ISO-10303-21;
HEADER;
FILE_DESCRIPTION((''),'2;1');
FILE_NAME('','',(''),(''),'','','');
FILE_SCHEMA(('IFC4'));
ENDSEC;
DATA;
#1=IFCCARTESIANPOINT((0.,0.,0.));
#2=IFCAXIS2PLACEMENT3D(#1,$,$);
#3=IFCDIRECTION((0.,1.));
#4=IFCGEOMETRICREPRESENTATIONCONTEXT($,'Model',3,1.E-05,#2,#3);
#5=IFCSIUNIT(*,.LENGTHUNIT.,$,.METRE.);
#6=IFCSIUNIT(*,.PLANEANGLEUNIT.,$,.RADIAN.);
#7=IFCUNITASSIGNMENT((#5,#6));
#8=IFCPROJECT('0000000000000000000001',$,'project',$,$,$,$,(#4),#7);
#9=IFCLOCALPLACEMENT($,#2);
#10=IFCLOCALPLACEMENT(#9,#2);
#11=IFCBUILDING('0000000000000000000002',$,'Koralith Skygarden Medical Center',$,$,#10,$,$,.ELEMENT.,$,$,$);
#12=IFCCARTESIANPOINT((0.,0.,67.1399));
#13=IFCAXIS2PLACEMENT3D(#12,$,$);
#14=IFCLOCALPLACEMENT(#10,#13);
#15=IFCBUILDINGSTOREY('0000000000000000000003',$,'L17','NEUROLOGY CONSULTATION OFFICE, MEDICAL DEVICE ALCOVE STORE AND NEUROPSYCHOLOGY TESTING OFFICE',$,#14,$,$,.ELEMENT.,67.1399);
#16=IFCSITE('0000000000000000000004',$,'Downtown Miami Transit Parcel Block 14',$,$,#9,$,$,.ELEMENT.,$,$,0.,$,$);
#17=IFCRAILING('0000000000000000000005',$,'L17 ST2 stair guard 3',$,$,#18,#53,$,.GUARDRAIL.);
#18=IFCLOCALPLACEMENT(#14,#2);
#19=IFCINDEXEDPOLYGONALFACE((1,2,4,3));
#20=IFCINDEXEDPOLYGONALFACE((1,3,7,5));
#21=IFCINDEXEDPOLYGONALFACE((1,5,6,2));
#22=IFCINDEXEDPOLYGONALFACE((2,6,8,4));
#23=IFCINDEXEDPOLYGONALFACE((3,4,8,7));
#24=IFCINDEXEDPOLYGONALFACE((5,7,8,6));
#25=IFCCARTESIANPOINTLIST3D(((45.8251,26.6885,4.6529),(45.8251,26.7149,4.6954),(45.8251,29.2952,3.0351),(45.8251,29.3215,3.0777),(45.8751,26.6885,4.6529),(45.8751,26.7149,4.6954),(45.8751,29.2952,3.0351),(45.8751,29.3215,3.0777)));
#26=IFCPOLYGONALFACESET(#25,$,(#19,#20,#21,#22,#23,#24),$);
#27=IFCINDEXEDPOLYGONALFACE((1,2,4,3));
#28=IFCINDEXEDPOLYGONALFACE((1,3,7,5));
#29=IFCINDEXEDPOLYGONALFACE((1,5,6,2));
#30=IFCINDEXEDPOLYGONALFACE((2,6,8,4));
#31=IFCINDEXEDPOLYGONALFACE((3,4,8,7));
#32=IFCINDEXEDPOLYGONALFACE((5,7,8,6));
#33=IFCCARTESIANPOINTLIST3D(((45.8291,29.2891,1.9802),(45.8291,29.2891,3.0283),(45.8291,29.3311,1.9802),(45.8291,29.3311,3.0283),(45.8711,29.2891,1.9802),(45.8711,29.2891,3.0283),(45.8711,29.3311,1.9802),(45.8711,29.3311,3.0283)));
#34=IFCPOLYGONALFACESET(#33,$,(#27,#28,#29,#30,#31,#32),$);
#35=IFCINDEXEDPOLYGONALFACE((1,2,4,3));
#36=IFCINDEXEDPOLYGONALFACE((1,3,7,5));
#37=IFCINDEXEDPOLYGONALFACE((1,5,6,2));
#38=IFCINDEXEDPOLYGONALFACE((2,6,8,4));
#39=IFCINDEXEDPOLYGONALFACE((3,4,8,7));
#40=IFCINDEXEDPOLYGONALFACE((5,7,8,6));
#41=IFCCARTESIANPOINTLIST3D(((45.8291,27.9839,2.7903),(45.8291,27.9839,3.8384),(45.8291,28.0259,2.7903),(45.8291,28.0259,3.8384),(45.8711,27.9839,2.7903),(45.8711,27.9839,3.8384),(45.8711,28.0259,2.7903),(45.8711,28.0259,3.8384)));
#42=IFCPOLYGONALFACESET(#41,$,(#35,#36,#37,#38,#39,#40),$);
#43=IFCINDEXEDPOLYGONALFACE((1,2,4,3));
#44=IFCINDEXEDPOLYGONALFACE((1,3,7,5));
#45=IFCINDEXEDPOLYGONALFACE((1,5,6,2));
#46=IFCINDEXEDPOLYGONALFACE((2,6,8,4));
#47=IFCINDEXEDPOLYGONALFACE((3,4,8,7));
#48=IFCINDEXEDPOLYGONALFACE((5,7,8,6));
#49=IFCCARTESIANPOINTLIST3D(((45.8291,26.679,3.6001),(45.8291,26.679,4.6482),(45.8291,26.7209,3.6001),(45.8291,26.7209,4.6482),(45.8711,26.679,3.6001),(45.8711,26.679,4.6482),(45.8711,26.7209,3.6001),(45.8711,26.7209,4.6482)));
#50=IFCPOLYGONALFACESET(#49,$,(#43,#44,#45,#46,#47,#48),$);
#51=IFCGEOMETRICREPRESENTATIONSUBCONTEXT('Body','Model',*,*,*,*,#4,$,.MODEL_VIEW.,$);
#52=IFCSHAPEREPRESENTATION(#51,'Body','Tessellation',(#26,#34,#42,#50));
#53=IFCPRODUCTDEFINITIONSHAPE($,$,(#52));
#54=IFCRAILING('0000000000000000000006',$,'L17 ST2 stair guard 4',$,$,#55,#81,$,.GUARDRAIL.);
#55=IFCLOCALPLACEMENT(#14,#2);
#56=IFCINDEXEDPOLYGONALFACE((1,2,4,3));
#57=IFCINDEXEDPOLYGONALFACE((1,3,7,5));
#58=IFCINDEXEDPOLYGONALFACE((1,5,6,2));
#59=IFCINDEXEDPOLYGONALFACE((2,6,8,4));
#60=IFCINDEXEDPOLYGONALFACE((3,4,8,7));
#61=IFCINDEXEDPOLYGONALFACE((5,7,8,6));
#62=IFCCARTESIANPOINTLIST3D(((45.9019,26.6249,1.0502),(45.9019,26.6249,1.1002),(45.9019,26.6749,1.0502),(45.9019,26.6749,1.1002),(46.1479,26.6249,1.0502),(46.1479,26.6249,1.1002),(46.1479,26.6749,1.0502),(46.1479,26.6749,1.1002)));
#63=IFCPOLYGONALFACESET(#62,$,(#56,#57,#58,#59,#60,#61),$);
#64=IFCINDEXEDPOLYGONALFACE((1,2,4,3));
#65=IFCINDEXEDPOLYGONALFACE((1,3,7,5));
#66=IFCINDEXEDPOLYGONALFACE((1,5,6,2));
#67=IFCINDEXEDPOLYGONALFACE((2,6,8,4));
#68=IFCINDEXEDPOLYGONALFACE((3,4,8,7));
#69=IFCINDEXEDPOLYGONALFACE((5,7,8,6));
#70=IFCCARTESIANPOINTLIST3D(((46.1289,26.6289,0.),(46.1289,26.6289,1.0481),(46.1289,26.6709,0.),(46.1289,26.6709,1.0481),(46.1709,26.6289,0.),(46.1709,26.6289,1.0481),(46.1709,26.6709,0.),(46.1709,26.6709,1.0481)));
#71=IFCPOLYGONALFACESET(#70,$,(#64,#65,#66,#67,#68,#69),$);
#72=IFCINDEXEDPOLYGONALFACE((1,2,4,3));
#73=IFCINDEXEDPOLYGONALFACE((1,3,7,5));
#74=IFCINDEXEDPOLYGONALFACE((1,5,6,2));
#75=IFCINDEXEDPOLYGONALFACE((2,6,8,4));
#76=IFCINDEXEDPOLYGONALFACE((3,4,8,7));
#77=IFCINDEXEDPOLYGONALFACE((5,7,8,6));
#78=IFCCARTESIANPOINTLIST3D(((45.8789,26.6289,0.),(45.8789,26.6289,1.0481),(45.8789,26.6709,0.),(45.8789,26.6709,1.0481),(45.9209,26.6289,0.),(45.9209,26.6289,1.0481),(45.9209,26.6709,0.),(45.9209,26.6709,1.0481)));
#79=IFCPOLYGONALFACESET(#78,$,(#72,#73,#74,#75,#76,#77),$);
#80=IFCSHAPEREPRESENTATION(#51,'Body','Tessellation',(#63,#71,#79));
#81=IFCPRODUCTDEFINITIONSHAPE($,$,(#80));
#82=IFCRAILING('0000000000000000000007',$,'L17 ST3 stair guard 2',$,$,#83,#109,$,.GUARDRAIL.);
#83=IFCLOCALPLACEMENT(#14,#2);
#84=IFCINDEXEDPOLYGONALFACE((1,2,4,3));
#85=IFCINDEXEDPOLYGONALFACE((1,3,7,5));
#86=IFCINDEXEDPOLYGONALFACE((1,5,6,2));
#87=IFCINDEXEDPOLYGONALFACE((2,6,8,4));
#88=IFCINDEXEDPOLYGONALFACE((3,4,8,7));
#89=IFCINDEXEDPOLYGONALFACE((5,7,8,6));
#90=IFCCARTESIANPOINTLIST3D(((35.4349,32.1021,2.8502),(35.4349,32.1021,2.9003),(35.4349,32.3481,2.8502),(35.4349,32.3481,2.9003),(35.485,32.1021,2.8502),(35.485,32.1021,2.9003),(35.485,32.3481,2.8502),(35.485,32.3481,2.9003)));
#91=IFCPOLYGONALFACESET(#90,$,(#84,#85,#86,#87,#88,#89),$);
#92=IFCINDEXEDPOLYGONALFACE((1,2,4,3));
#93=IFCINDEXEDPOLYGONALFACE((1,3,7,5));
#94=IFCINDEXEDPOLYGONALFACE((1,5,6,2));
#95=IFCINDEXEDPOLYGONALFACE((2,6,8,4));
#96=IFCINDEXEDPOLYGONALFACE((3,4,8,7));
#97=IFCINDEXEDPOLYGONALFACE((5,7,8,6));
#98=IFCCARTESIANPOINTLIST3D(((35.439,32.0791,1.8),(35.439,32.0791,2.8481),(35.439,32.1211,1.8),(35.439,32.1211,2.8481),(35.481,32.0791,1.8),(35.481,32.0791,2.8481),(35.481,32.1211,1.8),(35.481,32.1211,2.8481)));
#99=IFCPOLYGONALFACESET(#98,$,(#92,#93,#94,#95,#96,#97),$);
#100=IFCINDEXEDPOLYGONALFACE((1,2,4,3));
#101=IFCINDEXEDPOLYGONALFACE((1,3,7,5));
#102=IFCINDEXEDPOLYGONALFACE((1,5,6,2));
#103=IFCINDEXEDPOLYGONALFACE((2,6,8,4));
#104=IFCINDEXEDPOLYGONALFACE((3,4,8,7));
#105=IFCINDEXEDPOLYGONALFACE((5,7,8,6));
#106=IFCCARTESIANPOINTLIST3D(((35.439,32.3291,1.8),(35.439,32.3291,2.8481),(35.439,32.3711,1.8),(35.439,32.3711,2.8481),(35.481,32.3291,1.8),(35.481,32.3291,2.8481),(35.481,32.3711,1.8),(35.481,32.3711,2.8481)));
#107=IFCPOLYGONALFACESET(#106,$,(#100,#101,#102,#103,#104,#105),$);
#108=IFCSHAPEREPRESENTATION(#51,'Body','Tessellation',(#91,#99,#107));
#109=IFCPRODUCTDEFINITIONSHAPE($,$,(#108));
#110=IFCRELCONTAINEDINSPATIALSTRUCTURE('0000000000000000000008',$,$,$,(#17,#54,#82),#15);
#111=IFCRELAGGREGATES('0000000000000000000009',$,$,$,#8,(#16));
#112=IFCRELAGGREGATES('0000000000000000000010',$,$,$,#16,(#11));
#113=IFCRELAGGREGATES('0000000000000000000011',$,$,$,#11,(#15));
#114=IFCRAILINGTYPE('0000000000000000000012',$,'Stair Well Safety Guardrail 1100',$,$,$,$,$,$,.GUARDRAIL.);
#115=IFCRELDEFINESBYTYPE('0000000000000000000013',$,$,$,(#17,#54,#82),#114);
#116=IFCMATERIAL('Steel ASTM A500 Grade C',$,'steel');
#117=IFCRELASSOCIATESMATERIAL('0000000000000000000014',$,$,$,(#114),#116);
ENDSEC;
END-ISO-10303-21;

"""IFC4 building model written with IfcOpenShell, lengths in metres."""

from ifc_helpers import new_model, si_unit, direction, frame, origin, origin_2d, place, context, subcontext, project, spatial, rectangle, extrude, material, type_object, element, save


model = new_model("IFC4")

# Units and contexts
model_context = context("Model", 3, precision=1e-05, world=origin(), true_north=direction((0.0, 1.0)))
body_context = subcontext(model_context, "Body", "Model", "MODEL_VIEW")
ifc_project = project(units=[si_unit("LENGTHUNIT", "METRE"), si_unit("PLANEANGLEUNIT", "RADIAN")], contexts=[model_context])

# Site, building, storey
site_placement = place(None, origin())
site = spatial("IfcSite", under=ifc_project, at=site_placement, Name="Downtown Miami Transit Parcel Block 14", CompositionType="ELEMENT", RefElevation=0.0)
building_placement = place(site_placement, origin())
building = spatial("IfcBuilding", under=site, at=building_placement, Name="Koralith Skygarden Medical Center", CompositionType="ELEMENT")
storey_placement = place(building_placement, frame((0.0, 0.0, 67.1399)))
storey = spatial("IfcBuildingStorey", under=building, at=storey_placement, Name="L17", Description="NEUROLOGY CONSULTATION OFFICE, MEDICAL DEVICE ALCOVE STORE AND NEUROPSYCHOLOGY TESTING OFFICE", CompositionType="ELEMENT", Elevation=67.1399)

# Shared definitions
ifc_material_1 = material(Name="Steel ASTM A500 Grade C", Category="steel")

# Railings
railing_type_1 = type_object("IfcRailingType", Name="Stair Well Safety Guardrail 1100", PredefinedType="GUARDRAIL", material=ifc_material_1)
railing_1_placement = place(storey_placement, frame((45.8501, 29.3101, 1.9802)))
element("IfcRailing", 1, at=railing_1_placement, inside=storey, type_object=railing_type_1, Name="L17 ST2 stair guard 3", PredefinedType="GUARDRAIL", context=body_context, shape_type="SweptSolid", body=[
    extrude(rectangle(XDim=0.05, YDim=0.05, at=origin_2d()), frame((0.0, -0.0017, 1.0762), z_axis=(0.0, -0.849668, 0.527317), x_axis=(1.0, 0.0, 0.0)), (0.0, 0.0, 1.0), 3.0679),
    extrude(rectangle(XDim=0.042, YDim=0.042, at=origin_2d()), origin(), (0.0, 0.0, 1.0), 1.0481),
    extrude(rectangle(XDim=0.042, YDim=0.042, at=origin_2d()), frame((0.0, -1.3052, 0.8101)), (0.0, 0.0, 1.0), 1.0481),
    extrude(rectangle(XDim=0.042, YDim=0.042, at=origin_2d()), frame((0.0, -2.6101, 1.6199)), (0.0, 0.0, 1.0), 1.0481),
])
railing_2_placement = place(storey_placement, frame((46.1499, 26.6499, 0.0)))
element("IfcRailing", 2, at=railing_2_placement, inside=storey, type_object=railing_type_1, Name="L17 ST2 stair guard 4", PredefinedType="GUARDRAIL", context=body_context, shape_type="SweptSolid", body=[
    extrude(rectangle(XDim=0.05, YDim=0.05, at=origin_2d()), frame((-0.002, 0.0, 1.0752), z_axis=(-1.0, 0.0, 0.0), x_axis=(0.0, -1.0, 0.0)), (0.0, 0.0, 1.0), 0.2461),
    extrude(rectangle(XDim=0.042, YDim=0.042, at=origin_2d()), origin(), (0.0, 0.0, 1.0), 1.0481),
    extrude(rectangle(XDim=0.042, YDim=0.042, at=origin_2d()), frame((-0.25, 0.0, 0.0)), (0.0, 0.0, 1.0), 1.0481),
])
railing_3_placement = place(storey_placement, frame((35.46, 32.1001, 1.8)))
element("IfcRailing", 3, at=railing_3_placement, inside=storey, type_object=railing_type_1, Name="L17 ST3 stair guard 2", PredefinedType="GUARDRAIL", context=body_context, shape_type="SweptSolid", body=[
    extrude(rectangle(XDim=0.05, YDim=0.05, at=origin_2d()), frame((0.0, 0.002, 1.0752), z_axis=(0.0, 1.0, 0.0), x_axis=(-1.0, 0.0, 0.0)), (0.0, 0.0, 1.0), 0.2461),
    extrude(rectangle(XDim=0.042, YDim=0.042, at=origin_2d()), origin(), (0.0, 0.0, 1.0), 1.0481),
    extrude(rectangle(XDim=0.042, YDim=0.042, at=origin_2d()), frame((0.0, 0.25, 0.0)), (0.0, 0.0, 1.0), 1.0481),
])

save(model, "model.ifc")
